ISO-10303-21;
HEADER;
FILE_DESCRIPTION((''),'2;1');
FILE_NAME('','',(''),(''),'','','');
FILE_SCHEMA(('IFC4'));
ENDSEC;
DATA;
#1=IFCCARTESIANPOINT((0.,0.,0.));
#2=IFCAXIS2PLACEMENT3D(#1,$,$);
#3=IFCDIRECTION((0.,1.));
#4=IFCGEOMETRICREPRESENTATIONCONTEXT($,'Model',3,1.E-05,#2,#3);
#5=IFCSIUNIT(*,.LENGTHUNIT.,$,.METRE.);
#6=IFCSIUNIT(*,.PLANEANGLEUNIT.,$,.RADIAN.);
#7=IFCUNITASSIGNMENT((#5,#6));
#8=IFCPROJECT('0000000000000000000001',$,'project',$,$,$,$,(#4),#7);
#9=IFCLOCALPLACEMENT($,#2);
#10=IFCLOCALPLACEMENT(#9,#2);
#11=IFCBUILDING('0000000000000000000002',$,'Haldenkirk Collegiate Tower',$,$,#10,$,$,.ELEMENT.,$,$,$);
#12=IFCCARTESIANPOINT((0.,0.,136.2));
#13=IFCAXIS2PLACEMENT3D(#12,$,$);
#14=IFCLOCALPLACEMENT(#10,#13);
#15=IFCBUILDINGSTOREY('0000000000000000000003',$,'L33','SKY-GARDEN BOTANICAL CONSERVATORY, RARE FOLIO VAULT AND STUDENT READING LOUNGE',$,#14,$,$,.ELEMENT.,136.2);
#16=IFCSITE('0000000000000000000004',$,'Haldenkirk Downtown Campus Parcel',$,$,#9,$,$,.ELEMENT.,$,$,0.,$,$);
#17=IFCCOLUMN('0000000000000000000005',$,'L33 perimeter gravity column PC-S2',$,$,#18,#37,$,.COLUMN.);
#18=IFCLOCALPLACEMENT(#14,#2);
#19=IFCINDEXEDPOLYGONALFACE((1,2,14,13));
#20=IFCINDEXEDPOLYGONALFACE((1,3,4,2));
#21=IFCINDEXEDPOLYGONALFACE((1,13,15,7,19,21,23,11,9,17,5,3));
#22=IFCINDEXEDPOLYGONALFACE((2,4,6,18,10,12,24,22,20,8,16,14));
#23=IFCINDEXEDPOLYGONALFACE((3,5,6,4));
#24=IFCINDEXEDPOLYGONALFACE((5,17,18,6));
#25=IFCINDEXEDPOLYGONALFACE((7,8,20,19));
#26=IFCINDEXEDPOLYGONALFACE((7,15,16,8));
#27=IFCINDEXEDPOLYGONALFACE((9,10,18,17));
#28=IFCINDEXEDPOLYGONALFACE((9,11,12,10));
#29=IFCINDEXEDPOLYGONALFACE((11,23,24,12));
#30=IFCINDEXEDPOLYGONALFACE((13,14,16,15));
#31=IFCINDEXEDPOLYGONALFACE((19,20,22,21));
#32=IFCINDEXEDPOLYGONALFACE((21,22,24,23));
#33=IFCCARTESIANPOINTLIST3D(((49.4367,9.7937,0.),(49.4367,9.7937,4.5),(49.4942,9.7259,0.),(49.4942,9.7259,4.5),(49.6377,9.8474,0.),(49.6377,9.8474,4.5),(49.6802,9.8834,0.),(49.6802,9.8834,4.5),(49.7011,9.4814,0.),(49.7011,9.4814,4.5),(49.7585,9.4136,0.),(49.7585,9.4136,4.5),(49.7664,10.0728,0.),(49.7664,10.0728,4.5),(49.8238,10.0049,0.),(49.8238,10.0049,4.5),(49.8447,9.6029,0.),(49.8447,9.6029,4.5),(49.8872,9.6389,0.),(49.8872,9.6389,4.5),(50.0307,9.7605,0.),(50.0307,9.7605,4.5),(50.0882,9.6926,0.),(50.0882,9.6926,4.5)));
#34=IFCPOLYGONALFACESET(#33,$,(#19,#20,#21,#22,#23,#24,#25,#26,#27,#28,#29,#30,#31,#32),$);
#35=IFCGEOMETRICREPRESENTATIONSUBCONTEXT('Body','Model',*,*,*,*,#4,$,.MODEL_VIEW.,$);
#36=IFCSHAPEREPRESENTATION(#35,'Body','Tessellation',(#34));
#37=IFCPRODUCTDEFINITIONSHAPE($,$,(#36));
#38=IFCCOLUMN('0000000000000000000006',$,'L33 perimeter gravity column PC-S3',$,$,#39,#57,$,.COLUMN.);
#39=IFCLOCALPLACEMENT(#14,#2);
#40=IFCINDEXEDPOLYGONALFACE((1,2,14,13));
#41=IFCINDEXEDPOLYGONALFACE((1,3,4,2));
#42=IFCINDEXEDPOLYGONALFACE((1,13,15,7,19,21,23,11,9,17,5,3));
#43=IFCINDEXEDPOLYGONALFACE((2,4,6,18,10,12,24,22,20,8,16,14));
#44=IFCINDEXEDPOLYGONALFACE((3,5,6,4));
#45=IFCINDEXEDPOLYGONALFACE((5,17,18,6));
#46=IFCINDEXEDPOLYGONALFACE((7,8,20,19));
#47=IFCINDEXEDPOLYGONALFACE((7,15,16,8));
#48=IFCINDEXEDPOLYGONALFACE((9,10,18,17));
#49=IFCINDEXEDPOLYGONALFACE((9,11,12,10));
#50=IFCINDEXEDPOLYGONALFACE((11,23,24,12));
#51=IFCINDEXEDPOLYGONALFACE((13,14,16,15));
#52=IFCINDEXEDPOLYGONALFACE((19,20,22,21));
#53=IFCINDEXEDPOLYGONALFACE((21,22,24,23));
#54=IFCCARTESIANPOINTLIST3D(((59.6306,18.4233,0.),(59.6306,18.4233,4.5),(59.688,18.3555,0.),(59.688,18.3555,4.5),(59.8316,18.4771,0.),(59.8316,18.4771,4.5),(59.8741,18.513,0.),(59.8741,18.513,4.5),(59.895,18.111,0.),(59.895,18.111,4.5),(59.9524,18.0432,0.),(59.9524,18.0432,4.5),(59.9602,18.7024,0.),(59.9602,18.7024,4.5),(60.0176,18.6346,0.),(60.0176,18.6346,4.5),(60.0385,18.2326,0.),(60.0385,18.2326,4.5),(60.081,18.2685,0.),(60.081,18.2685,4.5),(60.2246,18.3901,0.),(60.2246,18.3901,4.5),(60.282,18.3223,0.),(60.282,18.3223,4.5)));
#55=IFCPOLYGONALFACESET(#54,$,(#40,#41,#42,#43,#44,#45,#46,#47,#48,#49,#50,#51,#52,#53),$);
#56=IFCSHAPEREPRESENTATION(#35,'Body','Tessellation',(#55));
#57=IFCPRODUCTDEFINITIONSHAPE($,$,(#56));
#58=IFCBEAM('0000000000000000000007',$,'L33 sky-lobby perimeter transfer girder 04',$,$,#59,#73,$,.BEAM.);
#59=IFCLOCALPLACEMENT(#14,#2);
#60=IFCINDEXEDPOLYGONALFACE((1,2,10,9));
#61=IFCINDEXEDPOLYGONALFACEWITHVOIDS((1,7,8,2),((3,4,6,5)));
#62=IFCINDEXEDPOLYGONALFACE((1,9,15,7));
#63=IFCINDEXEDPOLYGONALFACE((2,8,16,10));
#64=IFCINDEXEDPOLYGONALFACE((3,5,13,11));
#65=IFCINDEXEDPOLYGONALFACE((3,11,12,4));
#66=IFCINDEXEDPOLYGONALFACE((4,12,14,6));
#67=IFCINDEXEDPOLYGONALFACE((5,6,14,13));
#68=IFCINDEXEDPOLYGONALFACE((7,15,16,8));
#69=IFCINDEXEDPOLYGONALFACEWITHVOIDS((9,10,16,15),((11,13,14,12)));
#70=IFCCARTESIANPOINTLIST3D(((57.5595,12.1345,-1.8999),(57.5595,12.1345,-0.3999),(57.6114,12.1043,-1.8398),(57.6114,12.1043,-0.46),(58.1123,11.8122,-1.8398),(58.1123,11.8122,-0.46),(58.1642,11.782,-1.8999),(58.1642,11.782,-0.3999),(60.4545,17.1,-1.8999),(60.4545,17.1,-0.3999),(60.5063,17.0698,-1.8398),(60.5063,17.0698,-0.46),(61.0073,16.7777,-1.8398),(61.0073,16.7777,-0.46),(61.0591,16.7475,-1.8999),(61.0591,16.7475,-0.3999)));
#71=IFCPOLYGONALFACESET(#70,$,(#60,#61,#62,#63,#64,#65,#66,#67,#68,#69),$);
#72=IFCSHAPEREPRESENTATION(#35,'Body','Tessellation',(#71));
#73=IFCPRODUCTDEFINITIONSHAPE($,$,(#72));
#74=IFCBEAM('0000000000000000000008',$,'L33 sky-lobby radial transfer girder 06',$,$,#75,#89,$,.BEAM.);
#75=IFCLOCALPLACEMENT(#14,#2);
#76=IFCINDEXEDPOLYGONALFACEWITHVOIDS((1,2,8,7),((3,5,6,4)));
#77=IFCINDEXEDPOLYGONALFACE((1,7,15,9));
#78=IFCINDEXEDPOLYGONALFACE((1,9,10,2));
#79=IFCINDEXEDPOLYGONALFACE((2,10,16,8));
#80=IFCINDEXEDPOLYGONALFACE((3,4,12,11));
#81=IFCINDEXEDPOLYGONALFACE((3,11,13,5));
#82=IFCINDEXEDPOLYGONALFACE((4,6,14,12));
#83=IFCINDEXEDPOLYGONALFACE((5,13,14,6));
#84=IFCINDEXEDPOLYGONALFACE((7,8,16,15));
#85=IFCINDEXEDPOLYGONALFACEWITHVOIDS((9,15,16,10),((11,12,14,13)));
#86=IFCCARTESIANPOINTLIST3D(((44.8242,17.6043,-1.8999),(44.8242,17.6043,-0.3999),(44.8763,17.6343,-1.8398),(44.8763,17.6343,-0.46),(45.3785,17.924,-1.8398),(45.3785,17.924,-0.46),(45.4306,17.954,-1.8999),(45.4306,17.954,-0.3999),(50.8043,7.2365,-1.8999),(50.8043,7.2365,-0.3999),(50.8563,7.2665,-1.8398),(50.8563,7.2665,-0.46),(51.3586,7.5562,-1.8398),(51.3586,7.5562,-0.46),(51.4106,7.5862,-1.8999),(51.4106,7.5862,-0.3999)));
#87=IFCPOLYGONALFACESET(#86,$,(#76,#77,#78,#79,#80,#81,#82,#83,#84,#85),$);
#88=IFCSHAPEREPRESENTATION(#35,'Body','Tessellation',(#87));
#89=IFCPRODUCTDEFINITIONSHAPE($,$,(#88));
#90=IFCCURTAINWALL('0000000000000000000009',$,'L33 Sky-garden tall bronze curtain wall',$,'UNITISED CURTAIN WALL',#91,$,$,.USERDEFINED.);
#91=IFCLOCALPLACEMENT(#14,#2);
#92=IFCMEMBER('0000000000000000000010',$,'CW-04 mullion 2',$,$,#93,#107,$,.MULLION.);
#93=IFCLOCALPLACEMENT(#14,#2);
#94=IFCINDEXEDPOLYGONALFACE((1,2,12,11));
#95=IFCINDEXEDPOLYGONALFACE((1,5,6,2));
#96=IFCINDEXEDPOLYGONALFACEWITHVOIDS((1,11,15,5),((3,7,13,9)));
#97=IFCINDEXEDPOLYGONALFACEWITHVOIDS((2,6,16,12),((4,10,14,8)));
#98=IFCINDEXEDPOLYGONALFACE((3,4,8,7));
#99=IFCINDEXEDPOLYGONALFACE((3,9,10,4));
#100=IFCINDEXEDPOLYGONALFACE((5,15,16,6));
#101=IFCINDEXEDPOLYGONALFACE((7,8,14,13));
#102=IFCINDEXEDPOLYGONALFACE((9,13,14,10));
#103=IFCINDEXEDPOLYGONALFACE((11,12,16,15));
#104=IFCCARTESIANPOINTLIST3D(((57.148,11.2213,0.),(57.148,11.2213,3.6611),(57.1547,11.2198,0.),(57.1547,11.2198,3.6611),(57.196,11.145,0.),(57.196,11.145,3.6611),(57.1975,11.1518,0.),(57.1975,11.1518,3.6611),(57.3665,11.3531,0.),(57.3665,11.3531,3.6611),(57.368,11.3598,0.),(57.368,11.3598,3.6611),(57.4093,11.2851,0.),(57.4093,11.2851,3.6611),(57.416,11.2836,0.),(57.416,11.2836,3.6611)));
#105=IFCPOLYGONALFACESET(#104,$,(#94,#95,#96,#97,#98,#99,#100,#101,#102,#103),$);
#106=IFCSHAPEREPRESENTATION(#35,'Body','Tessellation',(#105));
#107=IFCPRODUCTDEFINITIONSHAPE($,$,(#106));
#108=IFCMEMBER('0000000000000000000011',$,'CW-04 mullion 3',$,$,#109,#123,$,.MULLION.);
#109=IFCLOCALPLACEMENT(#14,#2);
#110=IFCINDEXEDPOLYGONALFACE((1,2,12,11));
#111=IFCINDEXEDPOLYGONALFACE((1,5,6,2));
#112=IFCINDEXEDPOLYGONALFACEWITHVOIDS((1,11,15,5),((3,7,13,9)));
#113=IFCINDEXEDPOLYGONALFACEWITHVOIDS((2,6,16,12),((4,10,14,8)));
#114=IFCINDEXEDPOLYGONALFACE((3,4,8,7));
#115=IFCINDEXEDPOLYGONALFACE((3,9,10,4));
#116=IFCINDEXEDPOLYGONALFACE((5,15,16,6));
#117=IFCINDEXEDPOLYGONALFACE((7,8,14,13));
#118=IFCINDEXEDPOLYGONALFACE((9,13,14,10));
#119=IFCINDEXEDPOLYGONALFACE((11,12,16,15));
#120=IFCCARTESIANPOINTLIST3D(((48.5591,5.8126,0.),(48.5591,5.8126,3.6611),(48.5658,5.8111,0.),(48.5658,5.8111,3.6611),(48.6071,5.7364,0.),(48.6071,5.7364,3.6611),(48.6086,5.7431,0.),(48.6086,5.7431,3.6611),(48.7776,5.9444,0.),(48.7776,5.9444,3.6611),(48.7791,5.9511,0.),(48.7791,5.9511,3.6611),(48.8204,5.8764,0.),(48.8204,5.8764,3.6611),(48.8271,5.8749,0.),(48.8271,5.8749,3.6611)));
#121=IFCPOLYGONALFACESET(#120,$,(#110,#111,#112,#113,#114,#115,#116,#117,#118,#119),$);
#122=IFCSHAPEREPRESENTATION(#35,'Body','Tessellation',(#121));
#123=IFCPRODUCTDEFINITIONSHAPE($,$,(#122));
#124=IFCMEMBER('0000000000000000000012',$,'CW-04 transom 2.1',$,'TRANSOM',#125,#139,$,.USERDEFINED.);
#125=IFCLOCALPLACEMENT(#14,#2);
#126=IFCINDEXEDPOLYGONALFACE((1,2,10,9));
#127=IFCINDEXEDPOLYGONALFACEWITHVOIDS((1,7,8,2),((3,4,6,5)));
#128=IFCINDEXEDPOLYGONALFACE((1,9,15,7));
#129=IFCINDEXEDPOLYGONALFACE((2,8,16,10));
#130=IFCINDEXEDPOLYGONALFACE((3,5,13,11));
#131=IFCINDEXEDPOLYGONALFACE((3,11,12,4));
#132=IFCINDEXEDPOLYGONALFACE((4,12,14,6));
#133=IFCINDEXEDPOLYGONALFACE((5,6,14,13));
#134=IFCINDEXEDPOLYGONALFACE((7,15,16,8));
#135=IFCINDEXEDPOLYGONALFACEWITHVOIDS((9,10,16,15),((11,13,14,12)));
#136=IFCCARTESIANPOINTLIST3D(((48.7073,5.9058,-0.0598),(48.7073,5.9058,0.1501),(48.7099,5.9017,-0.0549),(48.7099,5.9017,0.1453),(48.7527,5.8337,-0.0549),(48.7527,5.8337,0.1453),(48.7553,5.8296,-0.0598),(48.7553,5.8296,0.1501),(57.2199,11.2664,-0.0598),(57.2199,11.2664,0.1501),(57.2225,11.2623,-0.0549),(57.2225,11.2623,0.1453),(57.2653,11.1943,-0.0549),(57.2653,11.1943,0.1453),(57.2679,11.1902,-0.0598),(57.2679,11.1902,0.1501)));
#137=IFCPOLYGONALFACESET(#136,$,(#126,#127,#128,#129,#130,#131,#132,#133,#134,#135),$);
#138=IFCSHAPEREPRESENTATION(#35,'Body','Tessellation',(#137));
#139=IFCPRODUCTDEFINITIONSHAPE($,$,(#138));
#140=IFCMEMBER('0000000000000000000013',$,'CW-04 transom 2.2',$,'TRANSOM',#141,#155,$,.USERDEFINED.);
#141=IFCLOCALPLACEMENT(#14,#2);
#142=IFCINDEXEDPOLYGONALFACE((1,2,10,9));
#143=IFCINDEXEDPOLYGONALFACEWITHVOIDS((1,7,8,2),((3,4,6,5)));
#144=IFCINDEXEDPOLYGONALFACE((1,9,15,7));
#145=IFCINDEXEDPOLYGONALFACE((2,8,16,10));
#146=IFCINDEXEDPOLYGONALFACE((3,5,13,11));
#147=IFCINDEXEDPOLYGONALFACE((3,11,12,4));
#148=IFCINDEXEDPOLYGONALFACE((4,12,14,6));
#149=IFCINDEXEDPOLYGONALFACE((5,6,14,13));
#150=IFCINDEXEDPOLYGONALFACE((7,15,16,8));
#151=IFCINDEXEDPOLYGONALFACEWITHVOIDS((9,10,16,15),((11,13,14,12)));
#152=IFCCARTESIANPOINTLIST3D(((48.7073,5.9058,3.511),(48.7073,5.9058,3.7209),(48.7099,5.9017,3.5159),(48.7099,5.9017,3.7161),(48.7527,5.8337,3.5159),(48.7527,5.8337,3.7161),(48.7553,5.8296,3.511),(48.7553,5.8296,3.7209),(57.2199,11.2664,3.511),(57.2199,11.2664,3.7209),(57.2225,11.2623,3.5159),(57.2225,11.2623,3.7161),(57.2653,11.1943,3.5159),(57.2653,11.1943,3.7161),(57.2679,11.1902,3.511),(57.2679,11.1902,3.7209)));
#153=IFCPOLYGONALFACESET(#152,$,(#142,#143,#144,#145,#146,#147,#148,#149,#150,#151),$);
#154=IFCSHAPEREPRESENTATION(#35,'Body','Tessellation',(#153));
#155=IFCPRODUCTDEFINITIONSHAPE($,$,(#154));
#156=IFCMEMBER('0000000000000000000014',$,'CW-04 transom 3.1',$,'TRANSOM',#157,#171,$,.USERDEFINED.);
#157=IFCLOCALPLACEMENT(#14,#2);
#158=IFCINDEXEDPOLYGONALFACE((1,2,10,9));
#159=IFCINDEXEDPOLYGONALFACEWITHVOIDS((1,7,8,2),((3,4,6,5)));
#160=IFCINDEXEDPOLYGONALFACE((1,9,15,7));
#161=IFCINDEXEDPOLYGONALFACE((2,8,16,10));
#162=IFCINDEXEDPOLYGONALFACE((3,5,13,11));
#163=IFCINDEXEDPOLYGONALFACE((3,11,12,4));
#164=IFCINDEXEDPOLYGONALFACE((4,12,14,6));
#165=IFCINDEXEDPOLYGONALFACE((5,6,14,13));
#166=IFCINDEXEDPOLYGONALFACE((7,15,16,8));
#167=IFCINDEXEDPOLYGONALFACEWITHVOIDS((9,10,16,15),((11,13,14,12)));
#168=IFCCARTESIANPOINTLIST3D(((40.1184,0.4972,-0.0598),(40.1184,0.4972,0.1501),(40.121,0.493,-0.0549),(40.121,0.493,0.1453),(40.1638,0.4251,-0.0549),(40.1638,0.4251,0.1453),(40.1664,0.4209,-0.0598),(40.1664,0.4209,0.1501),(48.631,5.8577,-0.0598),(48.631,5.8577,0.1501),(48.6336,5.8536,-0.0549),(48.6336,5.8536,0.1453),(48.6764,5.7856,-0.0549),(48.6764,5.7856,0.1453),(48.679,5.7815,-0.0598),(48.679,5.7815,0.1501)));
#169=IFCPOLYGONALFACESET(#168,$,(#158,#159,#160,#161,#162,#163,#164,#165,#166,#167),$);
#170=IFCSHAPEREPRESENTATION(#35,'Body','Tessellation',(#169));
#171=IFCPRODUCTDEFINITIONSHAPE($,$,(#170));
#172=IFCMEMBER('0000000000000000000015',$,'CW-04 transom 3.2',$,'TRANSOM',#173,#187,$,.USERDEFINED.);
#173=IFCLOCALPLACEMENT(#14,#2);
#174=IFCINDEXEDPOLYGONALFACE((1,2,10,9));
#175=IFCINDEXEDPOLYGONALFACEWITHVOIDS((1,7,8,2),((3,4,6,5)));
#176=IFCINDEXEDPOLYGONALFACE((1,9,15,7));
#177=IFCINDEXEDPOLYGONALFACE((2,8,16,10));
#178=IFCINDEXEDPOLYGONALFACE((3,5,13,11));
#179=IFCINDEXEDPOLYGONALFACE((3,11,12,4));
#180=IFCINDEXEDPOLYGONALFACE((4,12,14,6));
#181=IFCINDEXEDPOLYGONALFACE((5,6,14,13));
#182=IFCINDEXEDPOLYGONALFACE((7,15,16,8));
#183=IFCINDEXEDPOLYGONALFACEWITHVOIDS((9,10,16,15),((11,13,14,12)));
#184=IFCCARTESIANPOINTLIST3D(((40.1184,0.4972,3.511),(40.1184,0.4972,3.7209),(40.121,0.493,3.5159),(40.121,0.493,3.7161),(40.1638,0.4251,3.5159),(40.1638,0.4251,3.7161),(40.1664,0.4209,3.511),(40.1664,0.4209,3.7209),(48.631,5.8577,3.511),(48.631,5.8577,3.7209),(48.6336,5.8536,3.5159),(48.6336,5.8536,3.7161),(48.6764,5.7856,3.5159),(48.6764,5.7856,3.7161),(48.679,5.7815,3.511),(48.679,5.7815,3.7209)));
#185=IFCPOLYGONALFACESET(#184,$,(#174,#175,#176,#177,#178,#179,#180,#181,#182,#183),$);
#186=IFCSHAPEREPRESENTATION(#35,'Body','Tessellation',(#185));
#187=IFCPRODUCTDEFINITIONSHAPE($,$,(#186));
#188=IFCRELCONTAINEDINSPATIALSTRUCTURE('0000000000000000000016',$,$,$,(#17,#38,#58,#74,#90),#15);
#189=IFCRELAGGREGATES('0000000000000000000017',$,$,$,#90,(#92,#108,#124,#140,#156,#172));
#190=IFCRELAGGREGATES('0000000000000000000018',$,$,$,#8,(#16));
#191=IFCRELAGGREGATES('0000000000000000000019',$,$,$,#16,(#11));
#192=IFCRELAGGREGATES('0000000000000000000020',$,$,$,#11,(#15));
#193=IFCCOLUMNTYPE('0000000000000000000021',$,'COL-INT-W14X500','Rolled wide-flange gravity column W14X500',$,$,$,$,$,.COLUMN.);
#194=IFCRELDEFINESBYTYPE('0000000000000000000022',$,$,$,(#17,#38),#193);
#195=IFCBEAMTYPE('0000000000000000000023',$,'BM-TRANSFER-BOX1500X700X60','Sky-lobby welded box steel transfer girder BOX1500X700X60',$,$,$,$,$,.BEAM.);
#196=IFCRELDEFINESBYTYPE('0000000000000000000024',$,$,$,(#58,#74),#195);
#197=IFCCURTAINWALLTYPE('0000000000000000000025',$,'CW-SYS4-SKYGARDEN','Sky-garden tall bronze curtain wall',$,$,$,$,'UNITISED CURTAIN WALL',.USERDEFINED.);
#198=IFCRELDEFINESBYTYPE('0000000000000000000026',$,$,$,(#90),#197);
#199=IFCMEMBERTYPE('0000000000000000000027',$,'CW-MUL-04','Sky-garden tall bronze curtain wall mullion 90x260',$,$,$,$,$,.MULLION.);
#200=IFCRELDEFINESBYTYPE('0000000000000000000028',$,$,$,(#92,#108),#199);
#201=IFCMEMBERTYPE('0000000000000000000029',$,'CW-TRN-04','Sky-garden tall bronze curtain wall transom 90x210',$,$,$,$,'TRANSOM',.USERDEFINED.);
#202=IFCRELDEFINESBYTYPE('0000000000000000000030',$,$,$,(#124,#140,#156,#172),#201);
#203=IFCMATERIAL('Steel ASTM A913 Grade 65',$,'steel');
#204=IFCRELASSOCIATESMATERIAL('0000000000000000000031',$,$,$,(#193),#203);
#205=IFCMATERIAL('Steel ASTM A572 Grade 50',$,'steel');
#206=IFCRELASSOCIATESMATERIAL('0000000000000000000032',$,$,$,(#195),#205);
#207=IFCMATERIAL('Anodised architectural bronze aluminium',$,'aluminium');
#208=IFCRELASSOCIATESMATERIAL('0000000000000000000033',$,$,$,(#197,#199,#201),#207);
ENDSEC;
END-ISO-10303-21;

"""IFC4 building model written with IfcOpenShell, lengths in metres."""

from ifc_helpers import new_model, si_unit, direction, frame, origin, origin_2d, place, context, subcontext, project, spatial, hollow_rectangle, i_section, extrude, material, material_profile, profile_set, type_object, element, aggregate, save


model = new_model("IFC4")

# Units and contexts
model_context = context("Model", 3, precision=1e-05, world=origin(), true_north=direction((0.0, 1.0)))
body_context = subcontext(model_context, "Body", "Model", "MODEL_VIEW")
ifc_project = project(units=[si_unit("LENGTHUNIT", "METRE"), si_unit("PLANEANGLEUNIT", "RADIAN")], contexts=[model_context])

# Site, building, storey
site_placement = place(None, origin())
site = spatial("IfcSite", under=ifc_project, at=site_placement, Name="Haldenkirk Downtown Campus Parcel", CompositionType="ELEMENT", RefElevation=0.0)
building_placement = place(site_placement, origin())
building = spatial("IfcBuilding", under=site, at=building_placement, Name="Haldenkirk Collegiate Tower", CompositionType="ELEMENT")
storey_placement = place(building_placement, frame((0.0, 0.0, 136.2)))
storey = spatial("IfcBuildingStorey", under=building, at=storey_placement, Name="L33", Description="SKY-GARDEN BOTANICAL CONSERVATORY, RARE FOLIO VAULT AND STUDENT READING LOUNGE", CompositionType="ELEMENT", Elevation=136.2)

# Columns
ifc_material_1 = material(Name="Steel ASTM A913 Grade 65", Category="steel")
ifc_material_profile_1 = material_profile(ifc_material_1, i_section(OverallWidth=0.4319, OverallDepth=0.498, WebThickness=0.0557, FlangeThickness=0.0889, at=origin_2d()), Name="W14X500")
ifc_profile_set_1 = profile_set([ifc_material_profile_1], Name="Steel ASTM A913 Grade 65")
column_type = type_object("IfcColumnType", Name="COL-INT-W14X500", Description="Rolled wide-flange gravity column W14X500", PredefinedType="COLUMN", material=ifc_profile_set_1)
for number, where, z_axis, x_axis, name in (
    (1, (49.7625, 9.7432, 0.0), (0.0, 0.0, 1.0), (0.763232, 0.646124, 0.0), "L33 perimeter gravity column PC-S2"),
    (2, (59.9563, 18.3728, 0.0), (0.0, 0.0, 1.0), (0.763232, 0.646124, 0.0), "L33 perimeter gravity column PC-S3"),
):
    element("IfcColumn", number, at=place(storey_placement, frame(where, z_axis=z_axis, x_axis=x_axis)), inside=storey, type_object=column_type, Name=name, PredefinedType="COLUMN", context=body_context, shape_type="SweptSolid", body=[
        extrude(i_section(OverallWidth=0.4319, OverallDepth=0.498, WebThickness=0.0557, FlangeThickness=0.0889, at=origin_2d()), origin(), (0.0, 0.0, 1.0), 4.5),
    ])

# Beams
ifc_material_2 = material(Name="Steel ASTM A572 Grade 50", Category="steel")
ifc_material_profile_2 = material_profile(ifc_material_2, hollow_rectangle(XDim=0.7, YDim=1.5, WallThickness=0.0601, at=origin_2d()), Name="BOX1500X700X60")
ifc_profile_set_2 = profile_set([ifc_material_profile_2], Name="Steel ASTM A572 Grade 50")
beam_type = type_object("IfcBeamType", Name="BM-TRANSFER-BOX1500X700X60", Description="Sky-lobby welded box steel transfer girder BOX1500X700X60", PredefinedType="BEAM", material=ifc_profile_set_2)
beam_1_placement = place(storey_placement, frame((57.8618, 11.9583, -1.1499), z_axis=(0.503668, 0.863897, 0.0), x_axis=(-0.863897, 0.503668, 0.0)))
element("IfcBeam", 3, at=beam_1_placement, inside=storey, type_object=beam_type, Name="L33 sky-lobby perimeter transfer girder 04", PredefinedType="BEAM", context=body_context, shape_type="SweptSolid", body=[
    extrude(hollow_rectangle(XDim=0.7, YDim=1.5, WallThickness=0.0601, at=origin_2d()), origin(), (0.0, 0.0, 1.0), 5.7478),
])
beam_2_placement = place(storey_placement, frame((51.1074, 7.4114, -1.1499), z_axis=(-0.499637, 0.866235, 0.0), x_axis=(-0.866235, -0.499637, 0.0)))
element("IfcBeam", 4, at=beam_2_placement, inside=storey, type_object=beam_type, Name="L33 sky-lobby radial transfer girder 06", PredefinedType="BEAM", context=body_context, shape_type="SweptSolid", body=[
    extrude(hollow_rectangle(XDim=0.7, YDim=1.5, WallThickness=0.0601, at=origin_2d()), origin(), (0.0, 0.0, 1.0), 11.9688),
])

# Curtain wall, members
ifc_material_3 = material(Name="Anodised architectural bronze aluminium", Category="aluminium")
curtain_wall_type = type_object("IfcCurtainWallType", Name="CW-SYS4-SKYGARDEN", Description="Sky-garden tall bronze curtain wall", ElementType="UNITISED CURTAIN WALL", PredefinedType="USERDEFINED", material=ifc_material_3)
curtain_wall_placement = place(storey_placement, origin())
curtain_wall = element("IfcCurtainWall", 5, at=curtain_wall_placement, inside=storey, type_object=curtain_wall_type, Name="L33 Sky-garden tall bronze curtain wall", ObjectType="UNITISED CURTAIN WALL", PredefinedType="USERDEFINED")
ifc_material_profile_3 = material_profile(ifc_material_3, hollow_rectangle(XDim=0.0901, YDim=0.26, WallThickness=0.0049, at=origin_2d()), Name="CW-MUL-04")
ifc_profile_set_3 = profile_set([ifc_material_profile_3], Name="Anodised architectural bronze aluminium")
member_type_1 = type_object("IfcMemberType", Name="CW-MUL-04", Description="Sky-garden tall bronze curtain wall mullion 90x260", PredefinedType="MULLION", material=ifc_profile_set_3)
member_1_placement = place(storey_placement, frame((57.282, 11.2524, 0.0), z_axis=(0.0, 0.0, 1.0), x_axis=(0.532875, -0.846194, 0.0)))
member_1 = element("IfcMember", 6, at=member_1_placement, type_object=member_type_1, Name="CW-04 mullion 2", PredefinedType="MULLION", context=body_context, shape_type="SweptSolid", body=[
    extrude(hollow_rectangle(XDim=0.0901, YDim=0.26, WallThickness=0.0049, at=origin_2d()), origin(), (0.0, 0.0, 1.0), 3.6611),
])
member_2_placement = place(storey_placement, frame((48.6931, 5.8438, 0.0), z_axis=(0.0, 0.0, 1.0), x_axis=(0.532875, -0.846194, 0.0)))
member_2 = element("IfcMember", 7, at=member_2_placement, type_object=member_type_1, Name="CW-04 mullion 3", PredefinedType="MULLION", context=body_context, shape_type="SweptSolid", body=[
    extrude(hollow_rectangle(XDim=0.0901, YDim=0.26, WallThickness=0.0049, at=origin_2d()), origin(), (0.0, 0.0, 1.0), 3.6611),
])
ifc_material_profile_4 = material_profile(ifc_material_3, hollow_rectangle(XDim=0.0901, YDim=0.21, WallThickness=0.0049, at=origin_2d()), Name="CW-TRN-04")
ifc_profile_set_4 = profile_set([ifc_material_profile_4], Name="Anodised architectural bronze aluminium")
member_type_2 = type_object("IfcMemberType", Name="CW-TRN-04", Description="Sky-garden tall bronze curtain wall transom 90x210", ElementType="TRANSOM", PredefinedType="USERDEFINED", material=ifc_profile_set_4)
member_3_placement = place(storey_placement, frame((57.2439, 11.2283, 0.0452), z_axis=(-0.846199, -0.532867, 0.0), x_axis=(0.532867, -0.846199, 0.0)))
member_3 = element("IfcMember", 8, at=member_3_placement, type_object=member_type_2, Name="CW-04 transom 2.1", ObjectType="TRANSOM", PredefinedType="USERDEFINED", context=body_context, shape_type="SweptSolid", body=[
    extrude(hollow_rectangle(XDim=0.0901, YDim=0.21, WallThickness=0.0049, at=origin_2d()), origin(), (0.0, 0.0, 1.0), 10.0598),
])
member_4_placement = place(storey_placement, frame((57.2439, 11.2283, 3.616), z_axis=(-0.846199, -0.532867, 0.0), x_axis=(0.532867, -0.846199, 0.0)))
member_4 = element("IfcMember", 9, at=member_4_placement, type_object=member_type_2, Name="CW-04 transom 2.2", ObjectType="TRANSOM", PredefinedType="USERDEFINED", context=body_context, shape_type="SweptSolid", body=[
    extrude(hollow_rectangle(XDim=0.0901, YDim=0.21, WallThickness=0.0049, at=origin_2d()), origin(), (0.0, 0.0, 1.0), 10.0598),
])
member_5_placement = place(storey_placement, frame((48.655, 5.8196, 0.0452), z_axis=(-0.846199, -0.532867, 0.0), x_axis=(0.532867, -0.846199, 0.0)))
member_5 = element("IfcMember", 10, at=member_5_placement, type_object=member_type_2, Name="CW-04 transom 3.1", ObjectType="TRANSOM", PredefinedType="USERDEFINED", context=body_context, shape_type="SweptSolid", body=[
    extrude(hollow_rectangle(XDim=0.0901, YDim=0.21, WallThickness=0.0049, at=origin_2d()), origin(), (0.0, 0.0, 1.0), 10.0598),
])
member_6_placement = place(storey_placement, frame((48.655, 5.8196, 3.616), z_axis=(-0.846199, -0.532867, 0.0), x_axis=(0.532867, -0.846199, 0.0)))
member_6 = element("IfcMember", 11, at=member_6_placement, type_object=member_type_2, Name="CW-04 transom 3.2", ObjectType="TRANSOM", PredefinedType="USERDEFINED", context=body_context, shape_type="SweptSolid", body=[
    extrude(hollow_rectangle(XDim=0.0901, YDim=0.21, WallThickness=0.0049, at=origin_2d()), origin(), (0.0, 0.0, 1.0), 10.0598),
])

aggregate(curtain_wall, [member_1, member_2, member_3, member_4, member_5, member_6])

save(model, "model.ifc")
